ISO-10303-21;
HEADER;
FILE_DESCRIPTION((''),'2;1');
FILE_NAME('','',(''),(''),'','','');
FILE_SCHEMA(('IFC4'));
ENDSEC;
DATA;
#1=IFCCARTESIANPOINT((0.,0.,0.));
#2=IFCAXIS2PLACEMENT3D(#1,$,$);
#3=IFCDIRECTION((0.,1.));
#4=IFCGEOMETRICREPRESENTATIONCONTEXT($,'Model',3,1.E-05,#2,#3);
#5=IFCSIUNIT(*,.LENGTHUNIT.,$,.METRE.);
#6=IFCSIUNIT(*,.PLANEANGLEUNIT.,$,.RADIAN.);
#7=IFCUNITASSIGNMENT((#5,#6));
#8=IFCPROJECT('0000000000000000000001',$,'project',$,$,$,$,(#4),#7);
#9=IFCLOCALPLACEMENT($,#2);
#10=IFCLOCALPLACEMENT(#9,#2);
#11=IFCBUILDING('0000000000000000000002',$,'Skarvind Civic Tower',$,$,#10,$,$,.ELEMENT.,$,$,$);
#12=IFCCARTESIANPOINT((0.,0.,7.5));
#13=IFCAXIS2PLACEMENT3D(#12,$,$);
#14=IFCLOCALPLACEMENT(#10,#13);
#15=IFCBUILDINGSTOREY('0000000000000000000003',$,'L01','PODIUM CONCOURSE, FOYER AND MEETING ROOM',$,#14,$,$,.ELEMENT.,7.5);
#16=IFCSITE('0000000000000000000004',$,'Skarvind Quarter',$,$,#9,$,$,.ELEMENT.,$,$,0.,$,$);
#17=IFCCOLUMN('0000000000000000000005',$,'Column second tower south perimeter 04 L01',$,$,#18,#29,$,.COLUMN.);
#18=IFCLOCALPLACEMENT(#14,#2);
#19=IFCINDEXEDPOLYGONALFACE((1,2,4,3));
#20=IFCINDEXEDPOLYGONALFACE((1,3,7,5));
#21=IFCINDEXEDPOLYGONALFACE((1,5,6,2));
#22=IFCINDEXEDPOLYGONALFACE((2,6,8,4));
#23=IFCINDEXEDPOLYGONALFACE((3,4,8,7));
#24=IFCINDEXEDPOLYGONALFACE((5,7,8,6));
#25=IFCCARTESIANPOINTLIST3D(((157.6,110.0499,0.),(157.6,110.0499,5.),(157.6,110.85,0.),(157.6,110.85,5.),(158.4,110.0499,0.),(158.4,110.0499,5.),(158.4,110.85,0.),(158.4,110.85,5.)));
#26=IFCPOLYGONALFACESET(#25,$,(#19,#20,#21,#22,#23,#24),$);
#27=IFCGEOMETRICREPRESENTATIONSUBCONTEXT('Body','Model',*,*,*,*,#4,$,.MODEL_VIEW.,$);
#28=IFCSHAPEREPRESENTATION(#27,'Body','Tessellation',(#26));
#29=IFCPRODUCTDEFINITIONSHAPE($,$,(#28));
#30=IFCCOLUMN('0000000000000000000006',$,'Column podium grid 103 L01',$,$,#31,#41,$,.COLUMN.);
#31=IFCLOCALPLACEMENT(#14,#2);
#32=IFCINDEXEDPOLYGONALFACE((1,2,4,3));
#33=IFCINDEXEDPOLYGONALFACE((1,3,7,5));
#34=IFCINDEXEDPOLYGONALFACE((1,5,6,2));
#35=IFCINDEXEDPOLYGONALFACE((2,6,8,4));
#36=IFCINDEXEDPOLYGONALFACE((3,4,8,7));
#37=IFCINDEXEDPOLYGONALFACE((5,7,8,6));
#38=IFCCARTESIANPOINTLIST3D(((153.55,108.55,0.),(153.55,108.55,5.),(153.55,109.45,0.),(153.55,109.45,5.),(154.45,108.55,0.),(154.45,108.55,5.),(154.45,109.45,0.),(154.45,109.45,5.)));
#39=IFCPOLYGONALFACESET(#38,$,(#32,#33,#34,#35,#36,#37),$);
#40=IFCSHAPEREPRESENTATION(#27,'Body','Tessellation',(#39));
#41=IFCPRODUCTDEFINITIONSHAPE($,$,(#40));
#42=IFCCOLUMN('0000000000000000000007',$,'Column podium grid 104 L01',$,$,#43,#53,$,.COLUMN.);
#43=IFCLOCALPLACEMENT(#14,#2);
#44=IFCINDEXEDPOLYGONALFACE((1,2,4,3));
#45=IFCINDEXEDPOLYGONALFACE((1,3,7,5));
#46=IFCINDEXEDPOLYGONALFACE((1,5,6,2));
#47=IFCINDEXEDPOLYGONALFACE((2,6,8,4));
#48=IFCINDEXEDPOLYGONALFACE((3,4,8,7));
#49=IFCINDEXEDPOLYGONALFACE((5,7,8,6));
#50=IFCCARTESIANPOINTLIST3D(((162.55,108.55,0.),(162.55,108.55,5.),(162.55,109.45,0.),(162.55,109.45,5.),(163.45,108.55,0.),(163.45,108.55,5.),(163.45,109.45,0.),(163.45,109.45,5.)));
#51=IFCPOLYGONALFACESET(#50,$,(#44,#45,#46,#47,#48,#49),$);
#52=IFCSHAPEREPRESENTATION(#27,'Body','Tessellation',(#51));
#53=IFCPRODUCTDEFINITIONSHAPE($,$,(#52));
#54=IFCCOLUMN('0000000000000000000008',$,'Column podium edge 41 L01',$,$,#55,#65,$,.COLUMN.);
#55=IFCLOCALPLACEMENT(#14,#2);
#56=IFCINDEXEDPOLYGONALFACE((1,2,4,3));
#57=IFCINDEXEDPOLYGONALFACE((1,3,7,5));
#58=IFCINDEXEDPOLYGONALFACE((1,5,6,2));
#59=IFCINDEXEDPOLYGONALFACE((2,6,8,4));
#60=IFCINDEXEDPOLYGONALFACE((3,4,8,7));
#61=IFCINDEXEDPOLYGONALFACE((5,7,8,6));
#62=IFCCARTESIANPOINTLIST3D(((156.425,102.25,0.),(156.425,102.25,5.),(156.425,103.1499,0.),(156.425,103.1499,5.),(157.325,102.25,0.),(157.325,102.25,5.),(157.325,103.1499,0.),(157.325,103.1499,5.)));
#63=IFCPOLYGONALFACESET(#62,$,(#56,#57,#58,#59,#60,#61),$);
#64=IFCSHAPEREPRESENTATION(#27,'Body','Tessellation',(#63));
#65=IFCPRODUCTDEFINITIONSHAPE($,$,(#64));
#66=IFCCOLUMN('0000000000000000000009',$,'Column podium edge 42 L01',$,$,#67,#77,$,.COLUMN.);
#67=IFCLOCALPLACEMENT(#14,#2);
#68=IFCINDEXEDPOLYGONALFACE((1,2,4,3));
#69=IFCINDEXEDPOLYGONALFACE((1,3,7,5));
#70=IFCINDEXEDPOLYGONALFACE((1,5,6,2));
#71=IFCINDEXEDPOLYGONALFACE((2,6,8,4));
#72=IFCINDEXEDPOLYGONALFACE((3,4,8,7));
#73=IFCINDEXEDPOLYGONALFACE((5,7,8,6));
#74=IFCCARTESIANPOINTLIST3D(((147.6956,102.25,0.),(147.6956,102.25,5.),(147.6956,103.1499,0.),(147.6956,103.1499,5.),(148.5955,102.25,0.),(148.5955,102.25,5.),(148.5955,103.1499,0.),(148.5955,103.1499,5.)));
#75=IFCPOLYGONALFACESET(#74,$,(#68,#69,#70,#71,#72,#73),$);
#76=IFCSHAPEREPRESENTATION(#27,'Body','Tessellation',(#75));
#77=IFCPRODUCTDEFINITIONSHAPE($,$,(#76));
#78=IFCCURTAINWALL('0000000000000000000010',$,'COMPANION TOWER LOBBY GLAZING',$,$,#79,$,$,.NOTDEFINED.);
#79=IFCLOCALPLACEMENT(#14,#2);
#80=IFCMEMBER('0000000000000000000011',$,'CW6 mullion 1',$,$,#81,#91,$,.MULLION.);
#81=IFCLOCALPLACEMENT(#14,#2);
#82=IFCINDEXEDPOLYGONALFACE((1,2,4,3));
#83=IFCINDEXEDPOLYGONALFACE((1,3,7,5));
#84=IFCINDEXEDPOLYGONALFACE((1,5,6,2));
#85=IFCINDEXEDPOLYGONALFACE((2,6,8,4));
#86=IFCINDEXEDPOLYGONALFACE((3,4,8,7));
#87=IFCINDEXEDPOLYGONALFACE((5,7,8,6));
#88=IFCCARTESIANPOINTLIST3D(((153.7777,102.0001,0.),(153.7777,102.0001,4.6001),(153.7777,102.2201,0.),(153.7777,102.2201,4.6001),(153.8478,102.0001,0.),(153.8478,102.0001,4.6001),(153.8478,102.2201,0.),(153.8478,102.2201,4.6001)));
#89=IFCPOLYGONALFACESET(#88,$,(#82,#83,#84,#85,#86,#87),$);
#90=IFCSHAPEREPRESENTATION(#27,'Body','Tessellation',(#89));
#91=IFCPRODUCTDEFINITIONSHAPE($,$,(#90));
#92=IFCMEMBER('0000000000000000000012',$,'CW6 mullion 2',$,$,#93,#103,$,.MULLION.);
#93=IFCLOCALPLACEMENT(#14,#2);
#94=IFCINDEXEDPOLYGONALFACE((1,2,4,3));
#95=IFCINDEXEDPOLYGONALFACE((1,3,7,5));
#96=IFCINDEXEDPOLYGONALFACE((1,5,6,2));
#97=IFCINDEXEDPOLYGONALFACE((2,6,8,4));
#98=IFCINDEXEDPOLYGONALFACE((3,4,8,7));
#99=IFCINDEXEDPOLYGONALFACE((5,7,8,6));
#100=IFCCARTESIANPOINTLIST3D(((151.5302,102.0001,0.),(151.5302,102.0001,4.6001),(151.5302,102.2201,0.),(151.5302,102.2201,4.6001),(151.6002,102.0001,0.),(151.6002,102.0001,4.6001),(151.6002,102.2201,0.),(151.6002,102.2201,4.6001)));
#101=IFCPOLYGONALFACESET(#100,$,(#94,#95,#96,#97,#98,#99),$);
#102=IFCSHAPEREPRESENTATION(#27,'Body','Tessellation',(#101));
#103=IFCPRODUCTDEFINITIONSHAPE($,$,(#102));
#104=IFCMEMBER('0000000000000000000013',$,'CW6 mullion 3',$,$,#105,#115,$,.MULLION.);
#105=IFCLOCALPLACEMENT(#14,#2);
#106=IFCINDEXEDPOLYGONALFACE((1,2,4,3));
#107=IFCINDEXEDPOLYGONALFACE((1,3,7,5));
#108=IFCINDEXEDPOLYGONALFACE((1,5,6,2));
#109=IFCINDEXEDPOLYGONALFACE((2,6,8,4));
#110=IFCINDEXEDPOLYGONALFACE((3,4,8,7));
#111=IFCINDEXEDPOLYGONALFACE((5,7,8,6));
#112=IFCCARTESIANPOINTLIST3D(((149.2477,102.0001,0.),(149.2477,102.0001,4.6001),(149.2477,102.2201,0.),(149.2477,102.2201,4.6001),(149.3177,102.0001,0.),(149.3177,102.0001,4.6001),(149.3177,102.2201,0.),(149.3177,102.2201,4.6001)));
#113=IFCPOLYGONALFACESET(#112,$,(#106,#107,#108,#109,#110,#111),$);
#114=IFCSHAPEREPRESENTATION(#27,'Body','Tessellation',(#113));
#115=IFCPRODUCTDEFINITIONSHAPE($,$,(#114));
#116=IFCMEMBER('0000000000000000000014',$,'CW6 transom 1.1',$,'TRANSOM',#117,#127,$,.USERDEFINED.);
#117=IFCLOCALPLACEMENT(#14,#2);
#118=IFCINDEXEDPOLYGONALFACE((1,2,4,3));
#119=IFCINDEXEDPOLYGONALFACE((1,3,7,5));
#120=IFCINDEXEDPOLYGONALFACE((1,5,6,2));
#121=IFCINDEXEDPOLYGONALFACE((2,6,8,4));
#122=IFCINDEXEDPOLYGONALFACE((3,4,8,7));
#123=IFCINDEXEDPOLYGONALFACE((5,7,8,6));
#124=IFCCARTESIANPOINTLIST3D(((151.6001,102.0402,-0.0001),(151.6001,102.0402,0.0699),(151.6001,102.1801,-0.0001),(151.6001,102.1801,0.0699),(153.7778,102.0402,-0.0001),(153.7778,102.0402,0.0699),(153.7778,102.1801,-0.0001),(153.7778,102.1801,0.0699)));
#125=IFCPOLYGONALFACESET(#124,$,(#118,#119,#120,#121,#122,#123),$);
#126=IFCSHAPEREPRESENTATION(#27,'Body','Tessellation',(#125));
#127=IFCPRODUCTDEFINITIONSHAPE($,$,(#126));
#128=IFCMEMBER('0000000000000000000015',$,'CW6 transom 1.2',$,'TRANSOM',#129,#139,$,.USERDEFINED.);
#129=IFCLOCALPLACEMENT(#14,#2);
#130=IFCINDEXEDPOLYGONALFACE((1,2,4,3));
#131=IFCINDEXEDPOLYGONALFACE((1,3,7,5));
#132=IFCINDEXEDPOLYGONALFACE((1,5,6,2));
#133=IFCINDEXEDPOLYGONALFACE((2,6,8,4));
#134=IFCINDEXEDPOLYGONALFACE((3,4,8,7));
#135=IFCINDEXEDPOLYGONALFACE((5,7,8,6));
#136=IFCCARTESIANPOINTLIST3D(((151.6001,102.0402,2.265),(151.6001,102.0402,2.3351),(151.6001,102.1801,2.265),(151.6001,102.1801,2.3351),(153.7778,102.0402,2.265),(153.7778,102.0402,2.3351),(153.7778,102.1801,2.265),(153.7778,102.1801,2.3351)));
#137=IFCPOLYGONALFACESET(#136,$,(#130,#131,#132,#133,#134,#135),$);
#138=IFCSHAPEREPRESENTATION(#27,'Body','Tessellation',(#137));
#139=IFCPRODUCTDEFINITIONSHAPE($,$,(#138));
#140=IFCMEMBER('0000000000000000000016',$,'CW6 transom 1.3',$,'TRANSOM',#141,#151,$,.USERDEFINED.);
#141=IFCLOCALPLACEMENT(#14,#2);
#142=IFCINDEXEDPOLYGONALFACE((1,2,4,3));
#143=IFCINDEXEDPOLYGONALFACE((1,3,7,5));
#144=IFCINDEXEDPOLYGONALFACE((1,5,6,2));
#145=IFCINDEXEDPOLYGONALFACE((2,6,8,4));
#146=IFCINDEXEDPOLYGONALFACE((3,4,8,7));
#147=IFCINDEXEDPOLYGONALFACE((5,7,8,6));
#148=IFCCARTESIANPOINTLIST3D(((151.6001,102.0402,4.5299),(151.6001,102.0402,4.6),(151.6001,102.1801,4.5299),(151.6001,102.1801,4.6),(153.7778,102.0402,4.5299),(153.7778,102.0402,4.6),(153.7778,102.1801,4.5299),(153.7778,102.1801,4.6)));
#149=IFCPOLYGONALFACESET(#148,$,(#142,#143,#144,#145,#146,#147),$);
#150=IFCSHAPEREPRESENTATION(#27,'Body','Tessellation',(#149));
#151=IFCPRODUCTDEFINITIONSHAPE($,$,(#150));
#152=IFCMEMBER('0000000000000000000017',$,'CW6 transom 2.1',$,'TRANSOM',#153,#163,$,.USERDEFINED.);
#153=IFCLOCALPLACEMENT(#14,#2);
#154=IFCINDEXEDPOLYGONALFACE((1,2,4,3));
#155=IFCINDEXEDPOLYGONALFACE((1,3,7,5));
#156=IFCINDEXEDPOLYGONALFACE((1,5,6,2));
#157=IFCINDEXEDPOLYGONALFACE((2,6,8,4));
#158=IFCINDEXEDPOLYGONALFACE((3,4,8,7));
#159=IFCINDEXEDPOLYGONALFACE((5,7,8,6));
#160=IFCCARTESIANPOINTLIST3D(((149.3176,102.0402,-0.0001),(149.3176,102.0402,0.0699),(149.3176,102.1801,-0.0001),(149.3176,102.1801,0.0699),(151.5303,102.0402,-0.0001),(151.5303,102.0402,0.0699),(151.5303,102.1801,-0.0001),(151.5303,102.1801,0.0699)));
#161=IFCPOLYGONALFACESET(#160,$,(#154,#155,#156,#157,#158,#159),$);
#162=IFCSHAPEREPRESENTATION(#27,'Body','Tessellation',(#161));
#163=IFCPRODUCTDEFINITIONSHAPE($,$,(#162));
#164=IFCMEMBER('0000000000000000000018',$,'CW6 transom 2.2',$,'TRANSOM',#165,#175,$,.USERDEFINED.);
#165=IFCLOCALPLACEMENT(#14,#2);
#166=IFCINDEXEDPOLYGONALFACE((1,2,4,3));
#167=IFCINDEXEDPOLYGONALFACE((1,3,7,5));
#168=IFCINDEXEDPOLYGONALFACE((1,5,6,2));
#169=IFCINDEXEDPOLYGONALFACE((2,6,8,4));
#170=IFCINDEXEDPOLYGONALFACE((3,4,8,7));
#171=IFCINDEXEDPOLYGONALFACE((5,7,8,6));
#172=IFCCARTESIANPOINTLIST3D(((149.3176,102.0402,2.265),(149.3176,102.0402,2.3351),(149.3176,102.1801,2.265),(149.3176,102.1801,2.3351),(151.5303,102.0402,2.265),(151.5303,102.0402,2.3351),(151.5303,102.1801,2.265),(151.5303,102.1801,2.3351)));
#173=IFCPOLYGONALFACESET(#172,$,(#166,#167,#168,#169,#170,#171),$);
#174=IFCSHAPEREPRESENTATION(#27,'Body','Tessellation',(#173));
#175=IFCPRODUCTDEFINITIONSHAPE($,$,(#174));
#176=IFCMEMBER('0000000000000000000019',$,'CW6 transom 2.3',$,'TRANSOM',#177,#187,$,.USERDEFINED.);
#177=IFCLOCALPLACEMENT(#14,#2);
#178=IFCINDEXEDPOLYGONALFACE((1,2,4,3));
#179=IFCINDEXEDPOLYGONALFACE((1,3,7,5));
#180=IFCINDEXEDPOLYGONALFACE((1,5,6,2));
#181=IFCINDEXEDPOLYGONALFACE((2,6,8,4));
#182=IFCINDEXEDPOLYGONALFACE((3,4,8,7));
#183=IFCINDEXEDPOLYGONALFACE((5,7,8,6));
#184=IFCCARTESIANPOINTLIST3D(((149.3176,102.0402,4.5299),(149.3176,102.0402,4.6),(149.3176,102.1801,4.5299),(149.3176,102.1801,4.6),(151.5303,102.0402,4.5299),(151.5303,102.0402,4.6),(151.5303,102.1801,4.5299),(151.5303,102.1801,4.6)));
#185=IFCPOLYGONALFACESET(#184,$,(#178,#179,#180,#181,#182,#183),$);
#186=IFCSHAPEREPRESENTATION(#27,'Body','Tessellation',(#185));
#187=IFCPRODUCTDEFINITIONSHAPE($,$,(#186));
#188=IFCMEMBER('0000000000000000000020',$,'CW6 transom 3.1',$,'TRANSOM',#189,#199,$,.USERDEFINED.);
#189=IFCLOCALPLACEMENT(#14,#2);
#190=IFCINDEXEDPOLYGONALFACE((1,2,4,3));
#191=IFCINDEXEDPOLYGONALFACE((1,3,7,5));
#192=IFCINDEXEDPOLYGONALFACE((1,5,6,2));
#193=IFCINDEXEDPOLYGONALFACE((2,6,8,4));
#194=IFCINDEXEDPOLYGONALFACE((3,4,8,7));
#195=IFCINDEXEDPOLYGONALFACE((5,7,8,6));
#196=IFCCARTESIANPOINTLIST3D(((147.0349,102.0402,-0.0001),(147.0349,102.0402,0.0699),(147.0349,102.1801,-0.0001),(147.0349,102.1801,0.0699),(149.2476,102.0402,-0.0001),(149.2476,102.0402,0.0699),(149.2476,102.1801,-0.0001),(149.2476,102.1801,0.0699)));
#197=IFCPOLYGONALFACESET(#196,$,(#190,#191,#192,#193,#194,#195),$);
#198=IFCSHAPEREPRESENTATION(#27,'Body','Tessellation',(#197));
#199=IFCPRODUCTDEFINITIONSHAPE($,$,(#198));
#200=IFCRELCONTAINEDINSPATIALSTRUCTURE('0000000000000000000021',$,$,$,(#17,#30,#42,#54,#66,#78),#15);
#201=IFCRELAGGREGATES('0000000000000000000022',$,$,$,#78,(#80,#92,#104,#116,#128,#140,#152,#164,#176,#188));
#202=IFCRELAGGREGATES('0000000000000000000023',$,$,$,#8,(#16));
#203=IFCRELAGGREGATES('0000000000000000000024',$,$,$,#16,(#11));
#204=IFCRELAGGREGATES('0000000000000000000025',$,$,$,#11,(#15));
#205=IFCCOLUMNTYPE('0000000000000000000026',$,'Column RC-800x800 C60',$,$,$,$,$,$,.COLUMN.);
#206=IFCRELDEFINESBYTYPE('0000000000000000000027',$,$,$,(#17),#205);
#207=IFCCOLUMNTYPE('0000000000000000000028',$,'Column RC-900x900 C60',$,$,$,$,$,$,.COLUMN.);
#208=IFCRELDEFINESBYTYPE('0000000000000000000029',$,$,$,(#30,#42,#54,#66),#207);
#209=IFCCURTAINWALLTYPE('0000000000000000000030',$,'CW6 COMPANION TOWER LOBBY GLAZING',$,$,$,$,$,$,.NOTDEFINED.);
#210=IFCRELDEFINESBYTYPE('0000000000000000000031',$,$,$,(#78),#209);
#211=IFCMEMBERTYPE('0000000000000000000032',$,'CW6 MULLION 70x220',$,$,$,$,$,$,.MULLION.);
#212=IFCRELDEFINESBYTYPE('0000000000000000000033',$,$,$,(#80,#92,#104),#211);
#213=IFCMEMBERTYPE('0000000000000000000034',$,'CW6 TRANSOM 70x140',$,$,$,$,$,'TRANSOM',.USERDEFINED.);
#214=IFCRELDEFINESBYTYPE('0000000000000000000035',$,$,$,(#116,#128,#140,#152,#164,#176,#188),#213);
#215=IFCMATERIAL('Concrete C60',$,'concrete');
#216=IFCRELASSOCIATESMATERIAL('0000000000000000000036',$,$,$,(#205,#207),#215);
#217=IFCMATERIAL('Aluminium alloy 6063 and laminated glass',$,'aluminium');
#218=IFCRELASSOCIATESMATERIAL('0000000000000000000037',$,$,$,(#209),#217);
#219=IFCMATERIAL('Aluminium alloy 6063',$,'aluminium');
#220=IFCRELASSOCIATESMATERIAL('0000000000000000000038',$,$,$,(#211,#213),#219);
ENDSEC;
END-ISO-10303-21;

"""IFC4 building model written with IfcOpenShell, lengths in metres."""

from ifc_helpers import new_model, si_unit, direction, frame, origin, origin_2d, place, context, subcontext, project, spatial, rectangle, extrude, material, material_profile, profile_set, type_object, element, aggregate, save


model = new_model("IFC4")

# Units and contexts
model_context = context("Model", 3, precision=1e-05, world=origin(), true_north=direction((0.0, 1.0)))
body_context = subcontext(model_context, "Body", "Model", "MODEL_VIEW")
ifc_project = project(units=[si_unit("LENGTHUNIT", "METRE"), si_unit("PLANEANGLEUNIT", "RADIAN")], contexts=[model_context])

# Site, building, storey
site_placement = place(None, origin())
site = spatial("IfcSite", under=ifc_project, at=site_placement, Name="Skarvind Quarter", CompositionType="ELEMENT", RefElevation=0.0)
building_placement = place(site_placement, origin())
building = spatial("IfcBuilding", under=site, at=building_placement, Name="Skarvind Civic Tower", CompositionType="ELEMENT")
storey_placement = place(building_placement, frame((0.0, 0.0, 7.5)))
storey = spatial("IfcBuildingStorey", under=building, at=storey_placement, Name="L01", Description="PODIUM CONCOURSE, FOYER AND MEETING ROOM", CompositionType="ELEMENT", Elevation=7.5)

# Columns
ifc_material_1 = material(Name="Concrete C60", Category="concrete")
ifc_material_profile_1 = material_profile(ifc_material_1, rectangle(XDim=0.8, YDim=0.8, at=origin_2d()), Name="RC-800x800")
ifc_profile_set_1 = profile_set([ifc_material_profile_1], Name="Concrete C60")
column_type_1 = type_object("IfcColumnType", Name="Column RC-800x800 C60", PredefinedType="COLUMN", material=ifc_profile_set_1)
column_placement = place(storey_placement, frame((158.0, 110.45, 0.0), z_axis=(0.0, 0.0, 1.0), x_axis=(1.0, 0.0, 0.0)))
element("IfcColumn", 1, at=column_placement, inside=storey, type_object=column_type_1, Name="Column second tower south perimeter 04 L01", PredefinedType="COLUMN", context=body_context, shape_type="SweptSolid", body=[
    extrude(rectangle(XDim=0.8, YDim=0.8, at=origin_2d()), origin(), (0.0, 0.0, 1.0), 5.0),
])
ifc_material_profile_2 = material_profile(ifc_material_1, rectangle(XDim=0.8999, YDim=0.8999, at=origin_2d()), Name="RC-900x900")
ifc_profile_set_2 = profile_set([ifc_material_profile_2], Name="Concrete C60")
column_type_2 = type_object("IfcColumnType", Name="Column RC-900x900 C60", PredefinedType="COLUMN", material=ifc_profile_set_2)
for number, where, z_axis, x_axis, name in (
    (2, (154.0, 109.0, 0.0), (0.0, 0.0, 1.0), (1.0, 0.0, 0.0), "Column podium grid 103 L01"),
    (3, (163.0, 109.0, 0.0), (0.0, 0.0, 1.0), (1.0, 0.0, 0.0), "Column podium grid 104 L01"),
    (4, (156.875, 102.7, 0.0), (0.0, 0.0, 1.0), (1.0, 0.0, 0.0), "Column podium edge 41 L01"),
    (5, (148.1455, 102.7, 0.0), (0.0, 0.0, 1.0), (1.0, 0.0, 0.0), "Column podium edge 42 L01"),
):
    element("IfcColumn", number, at=place(storey_placement, frame(where, z_axis=z_axis, x_axis=x_axis)), inside=storey, type_object=column_type_2, Name=name, PredefinedType="COLUMN", context=body_context, shape_type="SweptSolid", body=[
        extrude(rectangle(XDim=0.8999, YDim=0.8999, at=origin_2d()), origin(), (0.0, 0.0, 1.0), 5.0),
    ])

# Curtain wall, members
ifc_material_2 = material(Name="Aluminium alloy 6063 and laminated glass", Category="aluminium")
curtain_wall_type = type_object("IfcCurtainWallType", Name="CW6 COMPANION TOWER LOBBY GLAZING", PredefinedType="NOTDEFINED", material=ifc_material_2)
curtain_wall_placement = place(storey_placement, origin())
curtain_wall = element("IfcCurtainWall", 6, at=curtain_wall_placement, inside=storey, type_object=curtain_wall_type, Name="COMPANION TOWER LOBBY GLAZING", PredefinedType="NOTDEFINED")
ifc_material_3 = material(Name="Aluminium alloy 6063", Category="aluminium")
ifc_material_profile_3 = material_profile(ifc_material_3, rectangle(XDim=0.22, YDim=0.0701, at=origin_2d()), Name="AL 70x220")
ifc_profile_set_3 = profile_set([ifc_material_profile_3], Name="Aluminium alloy 6063")
member_type_1 = type_object("IfcMemberType", Name="CW6 MULLION 70x220", PredefinedType="MULLION", material=ifc_profile_set_3)
member_1_placement = place(storey_placement, frame((153.8127, 102.1101, 0.0), z_axis=(0.0, 0.0, 1.0), x_axis=(0.0, -1.0, 0.0)))
member_1 = element("IfcMember", 7, at=member_1_placement, type_object=member_type_1, Name="CW6 mullion 1", PredefinedType="MULLION", context=body_context, shape_type="SweptSolid", body=[
    extrude(rectangle(XDim=0.22, YDim=0.0701, at=origin_2d()), origin(), (0.0, 0.0, 1.0), 4.6001),
])
member_2_placement = place(storey_placement, frame((151.5652, 102.1101, 0.0), z_axis=(0.0, 0.0, 1.0), x_axis=(0.0, -1.0, 0.0)))
member_2 = element("IfcMember", 8, at=member_2_placement, type_object=member_type_1, Name="CW6 mullion 2", PredefinedType="MULLION", context=body_context, shape_type="SweptSolid", body=[
    extrude(rectangle(XDim=0.22, YDim=0.0701, at=origin_2d()), origin(), (0.0, 0.0, 1.0), 4.6001),
])
member_3_placement = place(storey_placement, frame((149.2827, 102.1101, 0.0), z_axis=(0.0, 0.0, 1.0), x_axis=(0.0, -1.0, 0.0)))
member_3 = element("IfcMember", 9, at=member_3_placement, type_object=member_type_1, Name="CW6 mullion 3", PredefinedType="MULLION", context=body_context, shape_type="SweptSolid", body=[
    extrude(rectangle(XDim=0.22, YDim=0.0701, at=origin_2d()), origin(), (0.0, 0.0, 1.0), 4.6001),
])
ifc_material_profile_4 = material_profile(ifc_material_3, rectangle(XDim=0.1399, YDim=0.0701, at=origin_2d()), Name="AL 70x140")
ifc_profile_set_4 = profile_set([ifc_material_profile_4], Name="Aluminium alloy 6063")
member_type_2 = type_object("IfcMemberType", Name="CW6 TRANSOM 70x140", ElementType="TRANSOM", PredefinedType="USERDEFINED", material=ifc_profile_set_4)
member_4_placement = place(storey_placement, frame((153.7778, 102.1101, 0.0349), z_axis=(-1.0, 0.0, 0.0), x_axis=(0.0, -1.0, 0.0)))
member_4 = element("IfcMember", 10, at=member_4_placement, type_object=member_type_2, Name="CW6 transom 1.1", ObjectType="TRANSOM", PredefinedType="USERDEFINED", context=body_context, shape_type="SweptSolid", body=[
    extrude(rectangle(XDim=0.1399, YDim=0.0701, at=origin_2d()), origin(), (0.0, 0.0, 1.0), 2.1777),
])
member_5_placement = place(storey_placement, frame((153.7778, 102.1101, 2.3), z_axis=(-1.0, 0.0, 0.0), x_axis=(0.0, -1.0, 0.0)))
member_5 = element("IfcMember", 11, at=member_5_placement, type_object=member_type_2, Name="CW6 transom 1.2", ObjectType="TRANSOM", PredefinedType="USERDEFINED", context=body_context, shape_type="SweptSolid", body=[
    extrude(rectangle(XDim=0.1399, YDim=0.0701, at=origin_2d()), origin(), (0.0, 0.0, 1.0), 2.1777),
])
member_6_placement = place(storey_placement, frame((153.7778, 102.1101, 4.5649), z_axis=(-1.0, 0.0, 0.0), x_axis=(0.0, -1.0, 0.0)))
member_6 = element("IfcMember", 12, at=member_6_placement, type_object=member_type_2, Name="CW6 transom 1.3", ObjectType="TRANSOM", PredefinedType="USERDEFINED", context=body_context, shape_type="SweptSolid", body=[
    extrude(rectangle(XDim=0.1399, YDim=0.0701, at=origin_2d()), origin(), (0.0, 0.0, 1.0), 2.1777),
])
member_7_placement = place(storey_placement, frame((151.5303, 102.1101, 0.0349), z_axis=(-1.0, 0.0, 0.0), x_axis=(0.0, -1.0, 0.0)))
member_7 = element("IfcMember", 13, at=member_7_placement, type_object=member_type_2, Name="CW6 transom 2.1", ObjectType="TRANSOM", PredefinedType="USERDEFINED", context=body_context, shape_type="SweptSolid", body=[
    extrude(rectangle(XDim=0.1399, YDim=0.0701, at=origin_2d()), origin(), (0.0, 0.0, 1.0), 2.2126),
])
member_8_placement = place(storey_placement, frame((151.5303, 102.1101, 2.3), z_axis=(-1.0, 0.0, 0.0), x_axis=(0.0, -1.0, 0.0)))
member_8 = element("IfcMember", 14, at=member_8_placement, type_object=member_type_2, Name="CW6 transom 2.2", ObjectType="TRANSOM", PredefinedType="USERDEFINED", context=body_context, shape_type="SweptSolid", body=[
    extrude(rectangle(XDim=0.1399, YDim=0.0701, at=origin_2d()), origin(), (0.0, 0.0, 1.0), 2.2126),
])
member_9_placement = place(storey_placement, frame((151.5303, 102.1101, 4.5649), z_axis=(-1.0, 0.0, 0.0), x_axis=(0.0, -1.0, 0.0)))
member_9 = element("IfcMember", 15, at=member_9_placement, type_object=member_type_2, Name="CW6 transom 2.3", ObjectType="TRANSOM", PredefinedType="USERDEFINED", context=body_context, shape_type="SweptSolid", body=[
    extrude(rectangle(XDim=0.1399, YDim=0.0701, at=origin_2d()), origin(), (0.0, 0.0, 1.0), 2.2126),
])
member_10_placement = place(storey_placement, frame((149.2476, 102.1101, 0.0349), z_axis=(-1.0, 0.0, 0.0), x_axis=(0.0, -1.0, 0.0)))
member_10 = element("IfcMember", 16, at=member_10_placement, type_object=member_type_2, Name="CW6 transom 3.1", ObjectType="TRANSOM", PredefinedType="USERDEFINED", context=body_context, shape_type="SweptSolid", body=[
    extrude(rectangle(XDim=0.1399, YDim=0.0701, at=origin_2d()), origin(), (0.0, 0.0, 1.0), 2.2126),
])
aggregate(curtain_wall, [member_1, member_2, member_3, member_4, member_5, member_6, member_7, member_8, member_9, member_10])

save(model, "model.ifc")
